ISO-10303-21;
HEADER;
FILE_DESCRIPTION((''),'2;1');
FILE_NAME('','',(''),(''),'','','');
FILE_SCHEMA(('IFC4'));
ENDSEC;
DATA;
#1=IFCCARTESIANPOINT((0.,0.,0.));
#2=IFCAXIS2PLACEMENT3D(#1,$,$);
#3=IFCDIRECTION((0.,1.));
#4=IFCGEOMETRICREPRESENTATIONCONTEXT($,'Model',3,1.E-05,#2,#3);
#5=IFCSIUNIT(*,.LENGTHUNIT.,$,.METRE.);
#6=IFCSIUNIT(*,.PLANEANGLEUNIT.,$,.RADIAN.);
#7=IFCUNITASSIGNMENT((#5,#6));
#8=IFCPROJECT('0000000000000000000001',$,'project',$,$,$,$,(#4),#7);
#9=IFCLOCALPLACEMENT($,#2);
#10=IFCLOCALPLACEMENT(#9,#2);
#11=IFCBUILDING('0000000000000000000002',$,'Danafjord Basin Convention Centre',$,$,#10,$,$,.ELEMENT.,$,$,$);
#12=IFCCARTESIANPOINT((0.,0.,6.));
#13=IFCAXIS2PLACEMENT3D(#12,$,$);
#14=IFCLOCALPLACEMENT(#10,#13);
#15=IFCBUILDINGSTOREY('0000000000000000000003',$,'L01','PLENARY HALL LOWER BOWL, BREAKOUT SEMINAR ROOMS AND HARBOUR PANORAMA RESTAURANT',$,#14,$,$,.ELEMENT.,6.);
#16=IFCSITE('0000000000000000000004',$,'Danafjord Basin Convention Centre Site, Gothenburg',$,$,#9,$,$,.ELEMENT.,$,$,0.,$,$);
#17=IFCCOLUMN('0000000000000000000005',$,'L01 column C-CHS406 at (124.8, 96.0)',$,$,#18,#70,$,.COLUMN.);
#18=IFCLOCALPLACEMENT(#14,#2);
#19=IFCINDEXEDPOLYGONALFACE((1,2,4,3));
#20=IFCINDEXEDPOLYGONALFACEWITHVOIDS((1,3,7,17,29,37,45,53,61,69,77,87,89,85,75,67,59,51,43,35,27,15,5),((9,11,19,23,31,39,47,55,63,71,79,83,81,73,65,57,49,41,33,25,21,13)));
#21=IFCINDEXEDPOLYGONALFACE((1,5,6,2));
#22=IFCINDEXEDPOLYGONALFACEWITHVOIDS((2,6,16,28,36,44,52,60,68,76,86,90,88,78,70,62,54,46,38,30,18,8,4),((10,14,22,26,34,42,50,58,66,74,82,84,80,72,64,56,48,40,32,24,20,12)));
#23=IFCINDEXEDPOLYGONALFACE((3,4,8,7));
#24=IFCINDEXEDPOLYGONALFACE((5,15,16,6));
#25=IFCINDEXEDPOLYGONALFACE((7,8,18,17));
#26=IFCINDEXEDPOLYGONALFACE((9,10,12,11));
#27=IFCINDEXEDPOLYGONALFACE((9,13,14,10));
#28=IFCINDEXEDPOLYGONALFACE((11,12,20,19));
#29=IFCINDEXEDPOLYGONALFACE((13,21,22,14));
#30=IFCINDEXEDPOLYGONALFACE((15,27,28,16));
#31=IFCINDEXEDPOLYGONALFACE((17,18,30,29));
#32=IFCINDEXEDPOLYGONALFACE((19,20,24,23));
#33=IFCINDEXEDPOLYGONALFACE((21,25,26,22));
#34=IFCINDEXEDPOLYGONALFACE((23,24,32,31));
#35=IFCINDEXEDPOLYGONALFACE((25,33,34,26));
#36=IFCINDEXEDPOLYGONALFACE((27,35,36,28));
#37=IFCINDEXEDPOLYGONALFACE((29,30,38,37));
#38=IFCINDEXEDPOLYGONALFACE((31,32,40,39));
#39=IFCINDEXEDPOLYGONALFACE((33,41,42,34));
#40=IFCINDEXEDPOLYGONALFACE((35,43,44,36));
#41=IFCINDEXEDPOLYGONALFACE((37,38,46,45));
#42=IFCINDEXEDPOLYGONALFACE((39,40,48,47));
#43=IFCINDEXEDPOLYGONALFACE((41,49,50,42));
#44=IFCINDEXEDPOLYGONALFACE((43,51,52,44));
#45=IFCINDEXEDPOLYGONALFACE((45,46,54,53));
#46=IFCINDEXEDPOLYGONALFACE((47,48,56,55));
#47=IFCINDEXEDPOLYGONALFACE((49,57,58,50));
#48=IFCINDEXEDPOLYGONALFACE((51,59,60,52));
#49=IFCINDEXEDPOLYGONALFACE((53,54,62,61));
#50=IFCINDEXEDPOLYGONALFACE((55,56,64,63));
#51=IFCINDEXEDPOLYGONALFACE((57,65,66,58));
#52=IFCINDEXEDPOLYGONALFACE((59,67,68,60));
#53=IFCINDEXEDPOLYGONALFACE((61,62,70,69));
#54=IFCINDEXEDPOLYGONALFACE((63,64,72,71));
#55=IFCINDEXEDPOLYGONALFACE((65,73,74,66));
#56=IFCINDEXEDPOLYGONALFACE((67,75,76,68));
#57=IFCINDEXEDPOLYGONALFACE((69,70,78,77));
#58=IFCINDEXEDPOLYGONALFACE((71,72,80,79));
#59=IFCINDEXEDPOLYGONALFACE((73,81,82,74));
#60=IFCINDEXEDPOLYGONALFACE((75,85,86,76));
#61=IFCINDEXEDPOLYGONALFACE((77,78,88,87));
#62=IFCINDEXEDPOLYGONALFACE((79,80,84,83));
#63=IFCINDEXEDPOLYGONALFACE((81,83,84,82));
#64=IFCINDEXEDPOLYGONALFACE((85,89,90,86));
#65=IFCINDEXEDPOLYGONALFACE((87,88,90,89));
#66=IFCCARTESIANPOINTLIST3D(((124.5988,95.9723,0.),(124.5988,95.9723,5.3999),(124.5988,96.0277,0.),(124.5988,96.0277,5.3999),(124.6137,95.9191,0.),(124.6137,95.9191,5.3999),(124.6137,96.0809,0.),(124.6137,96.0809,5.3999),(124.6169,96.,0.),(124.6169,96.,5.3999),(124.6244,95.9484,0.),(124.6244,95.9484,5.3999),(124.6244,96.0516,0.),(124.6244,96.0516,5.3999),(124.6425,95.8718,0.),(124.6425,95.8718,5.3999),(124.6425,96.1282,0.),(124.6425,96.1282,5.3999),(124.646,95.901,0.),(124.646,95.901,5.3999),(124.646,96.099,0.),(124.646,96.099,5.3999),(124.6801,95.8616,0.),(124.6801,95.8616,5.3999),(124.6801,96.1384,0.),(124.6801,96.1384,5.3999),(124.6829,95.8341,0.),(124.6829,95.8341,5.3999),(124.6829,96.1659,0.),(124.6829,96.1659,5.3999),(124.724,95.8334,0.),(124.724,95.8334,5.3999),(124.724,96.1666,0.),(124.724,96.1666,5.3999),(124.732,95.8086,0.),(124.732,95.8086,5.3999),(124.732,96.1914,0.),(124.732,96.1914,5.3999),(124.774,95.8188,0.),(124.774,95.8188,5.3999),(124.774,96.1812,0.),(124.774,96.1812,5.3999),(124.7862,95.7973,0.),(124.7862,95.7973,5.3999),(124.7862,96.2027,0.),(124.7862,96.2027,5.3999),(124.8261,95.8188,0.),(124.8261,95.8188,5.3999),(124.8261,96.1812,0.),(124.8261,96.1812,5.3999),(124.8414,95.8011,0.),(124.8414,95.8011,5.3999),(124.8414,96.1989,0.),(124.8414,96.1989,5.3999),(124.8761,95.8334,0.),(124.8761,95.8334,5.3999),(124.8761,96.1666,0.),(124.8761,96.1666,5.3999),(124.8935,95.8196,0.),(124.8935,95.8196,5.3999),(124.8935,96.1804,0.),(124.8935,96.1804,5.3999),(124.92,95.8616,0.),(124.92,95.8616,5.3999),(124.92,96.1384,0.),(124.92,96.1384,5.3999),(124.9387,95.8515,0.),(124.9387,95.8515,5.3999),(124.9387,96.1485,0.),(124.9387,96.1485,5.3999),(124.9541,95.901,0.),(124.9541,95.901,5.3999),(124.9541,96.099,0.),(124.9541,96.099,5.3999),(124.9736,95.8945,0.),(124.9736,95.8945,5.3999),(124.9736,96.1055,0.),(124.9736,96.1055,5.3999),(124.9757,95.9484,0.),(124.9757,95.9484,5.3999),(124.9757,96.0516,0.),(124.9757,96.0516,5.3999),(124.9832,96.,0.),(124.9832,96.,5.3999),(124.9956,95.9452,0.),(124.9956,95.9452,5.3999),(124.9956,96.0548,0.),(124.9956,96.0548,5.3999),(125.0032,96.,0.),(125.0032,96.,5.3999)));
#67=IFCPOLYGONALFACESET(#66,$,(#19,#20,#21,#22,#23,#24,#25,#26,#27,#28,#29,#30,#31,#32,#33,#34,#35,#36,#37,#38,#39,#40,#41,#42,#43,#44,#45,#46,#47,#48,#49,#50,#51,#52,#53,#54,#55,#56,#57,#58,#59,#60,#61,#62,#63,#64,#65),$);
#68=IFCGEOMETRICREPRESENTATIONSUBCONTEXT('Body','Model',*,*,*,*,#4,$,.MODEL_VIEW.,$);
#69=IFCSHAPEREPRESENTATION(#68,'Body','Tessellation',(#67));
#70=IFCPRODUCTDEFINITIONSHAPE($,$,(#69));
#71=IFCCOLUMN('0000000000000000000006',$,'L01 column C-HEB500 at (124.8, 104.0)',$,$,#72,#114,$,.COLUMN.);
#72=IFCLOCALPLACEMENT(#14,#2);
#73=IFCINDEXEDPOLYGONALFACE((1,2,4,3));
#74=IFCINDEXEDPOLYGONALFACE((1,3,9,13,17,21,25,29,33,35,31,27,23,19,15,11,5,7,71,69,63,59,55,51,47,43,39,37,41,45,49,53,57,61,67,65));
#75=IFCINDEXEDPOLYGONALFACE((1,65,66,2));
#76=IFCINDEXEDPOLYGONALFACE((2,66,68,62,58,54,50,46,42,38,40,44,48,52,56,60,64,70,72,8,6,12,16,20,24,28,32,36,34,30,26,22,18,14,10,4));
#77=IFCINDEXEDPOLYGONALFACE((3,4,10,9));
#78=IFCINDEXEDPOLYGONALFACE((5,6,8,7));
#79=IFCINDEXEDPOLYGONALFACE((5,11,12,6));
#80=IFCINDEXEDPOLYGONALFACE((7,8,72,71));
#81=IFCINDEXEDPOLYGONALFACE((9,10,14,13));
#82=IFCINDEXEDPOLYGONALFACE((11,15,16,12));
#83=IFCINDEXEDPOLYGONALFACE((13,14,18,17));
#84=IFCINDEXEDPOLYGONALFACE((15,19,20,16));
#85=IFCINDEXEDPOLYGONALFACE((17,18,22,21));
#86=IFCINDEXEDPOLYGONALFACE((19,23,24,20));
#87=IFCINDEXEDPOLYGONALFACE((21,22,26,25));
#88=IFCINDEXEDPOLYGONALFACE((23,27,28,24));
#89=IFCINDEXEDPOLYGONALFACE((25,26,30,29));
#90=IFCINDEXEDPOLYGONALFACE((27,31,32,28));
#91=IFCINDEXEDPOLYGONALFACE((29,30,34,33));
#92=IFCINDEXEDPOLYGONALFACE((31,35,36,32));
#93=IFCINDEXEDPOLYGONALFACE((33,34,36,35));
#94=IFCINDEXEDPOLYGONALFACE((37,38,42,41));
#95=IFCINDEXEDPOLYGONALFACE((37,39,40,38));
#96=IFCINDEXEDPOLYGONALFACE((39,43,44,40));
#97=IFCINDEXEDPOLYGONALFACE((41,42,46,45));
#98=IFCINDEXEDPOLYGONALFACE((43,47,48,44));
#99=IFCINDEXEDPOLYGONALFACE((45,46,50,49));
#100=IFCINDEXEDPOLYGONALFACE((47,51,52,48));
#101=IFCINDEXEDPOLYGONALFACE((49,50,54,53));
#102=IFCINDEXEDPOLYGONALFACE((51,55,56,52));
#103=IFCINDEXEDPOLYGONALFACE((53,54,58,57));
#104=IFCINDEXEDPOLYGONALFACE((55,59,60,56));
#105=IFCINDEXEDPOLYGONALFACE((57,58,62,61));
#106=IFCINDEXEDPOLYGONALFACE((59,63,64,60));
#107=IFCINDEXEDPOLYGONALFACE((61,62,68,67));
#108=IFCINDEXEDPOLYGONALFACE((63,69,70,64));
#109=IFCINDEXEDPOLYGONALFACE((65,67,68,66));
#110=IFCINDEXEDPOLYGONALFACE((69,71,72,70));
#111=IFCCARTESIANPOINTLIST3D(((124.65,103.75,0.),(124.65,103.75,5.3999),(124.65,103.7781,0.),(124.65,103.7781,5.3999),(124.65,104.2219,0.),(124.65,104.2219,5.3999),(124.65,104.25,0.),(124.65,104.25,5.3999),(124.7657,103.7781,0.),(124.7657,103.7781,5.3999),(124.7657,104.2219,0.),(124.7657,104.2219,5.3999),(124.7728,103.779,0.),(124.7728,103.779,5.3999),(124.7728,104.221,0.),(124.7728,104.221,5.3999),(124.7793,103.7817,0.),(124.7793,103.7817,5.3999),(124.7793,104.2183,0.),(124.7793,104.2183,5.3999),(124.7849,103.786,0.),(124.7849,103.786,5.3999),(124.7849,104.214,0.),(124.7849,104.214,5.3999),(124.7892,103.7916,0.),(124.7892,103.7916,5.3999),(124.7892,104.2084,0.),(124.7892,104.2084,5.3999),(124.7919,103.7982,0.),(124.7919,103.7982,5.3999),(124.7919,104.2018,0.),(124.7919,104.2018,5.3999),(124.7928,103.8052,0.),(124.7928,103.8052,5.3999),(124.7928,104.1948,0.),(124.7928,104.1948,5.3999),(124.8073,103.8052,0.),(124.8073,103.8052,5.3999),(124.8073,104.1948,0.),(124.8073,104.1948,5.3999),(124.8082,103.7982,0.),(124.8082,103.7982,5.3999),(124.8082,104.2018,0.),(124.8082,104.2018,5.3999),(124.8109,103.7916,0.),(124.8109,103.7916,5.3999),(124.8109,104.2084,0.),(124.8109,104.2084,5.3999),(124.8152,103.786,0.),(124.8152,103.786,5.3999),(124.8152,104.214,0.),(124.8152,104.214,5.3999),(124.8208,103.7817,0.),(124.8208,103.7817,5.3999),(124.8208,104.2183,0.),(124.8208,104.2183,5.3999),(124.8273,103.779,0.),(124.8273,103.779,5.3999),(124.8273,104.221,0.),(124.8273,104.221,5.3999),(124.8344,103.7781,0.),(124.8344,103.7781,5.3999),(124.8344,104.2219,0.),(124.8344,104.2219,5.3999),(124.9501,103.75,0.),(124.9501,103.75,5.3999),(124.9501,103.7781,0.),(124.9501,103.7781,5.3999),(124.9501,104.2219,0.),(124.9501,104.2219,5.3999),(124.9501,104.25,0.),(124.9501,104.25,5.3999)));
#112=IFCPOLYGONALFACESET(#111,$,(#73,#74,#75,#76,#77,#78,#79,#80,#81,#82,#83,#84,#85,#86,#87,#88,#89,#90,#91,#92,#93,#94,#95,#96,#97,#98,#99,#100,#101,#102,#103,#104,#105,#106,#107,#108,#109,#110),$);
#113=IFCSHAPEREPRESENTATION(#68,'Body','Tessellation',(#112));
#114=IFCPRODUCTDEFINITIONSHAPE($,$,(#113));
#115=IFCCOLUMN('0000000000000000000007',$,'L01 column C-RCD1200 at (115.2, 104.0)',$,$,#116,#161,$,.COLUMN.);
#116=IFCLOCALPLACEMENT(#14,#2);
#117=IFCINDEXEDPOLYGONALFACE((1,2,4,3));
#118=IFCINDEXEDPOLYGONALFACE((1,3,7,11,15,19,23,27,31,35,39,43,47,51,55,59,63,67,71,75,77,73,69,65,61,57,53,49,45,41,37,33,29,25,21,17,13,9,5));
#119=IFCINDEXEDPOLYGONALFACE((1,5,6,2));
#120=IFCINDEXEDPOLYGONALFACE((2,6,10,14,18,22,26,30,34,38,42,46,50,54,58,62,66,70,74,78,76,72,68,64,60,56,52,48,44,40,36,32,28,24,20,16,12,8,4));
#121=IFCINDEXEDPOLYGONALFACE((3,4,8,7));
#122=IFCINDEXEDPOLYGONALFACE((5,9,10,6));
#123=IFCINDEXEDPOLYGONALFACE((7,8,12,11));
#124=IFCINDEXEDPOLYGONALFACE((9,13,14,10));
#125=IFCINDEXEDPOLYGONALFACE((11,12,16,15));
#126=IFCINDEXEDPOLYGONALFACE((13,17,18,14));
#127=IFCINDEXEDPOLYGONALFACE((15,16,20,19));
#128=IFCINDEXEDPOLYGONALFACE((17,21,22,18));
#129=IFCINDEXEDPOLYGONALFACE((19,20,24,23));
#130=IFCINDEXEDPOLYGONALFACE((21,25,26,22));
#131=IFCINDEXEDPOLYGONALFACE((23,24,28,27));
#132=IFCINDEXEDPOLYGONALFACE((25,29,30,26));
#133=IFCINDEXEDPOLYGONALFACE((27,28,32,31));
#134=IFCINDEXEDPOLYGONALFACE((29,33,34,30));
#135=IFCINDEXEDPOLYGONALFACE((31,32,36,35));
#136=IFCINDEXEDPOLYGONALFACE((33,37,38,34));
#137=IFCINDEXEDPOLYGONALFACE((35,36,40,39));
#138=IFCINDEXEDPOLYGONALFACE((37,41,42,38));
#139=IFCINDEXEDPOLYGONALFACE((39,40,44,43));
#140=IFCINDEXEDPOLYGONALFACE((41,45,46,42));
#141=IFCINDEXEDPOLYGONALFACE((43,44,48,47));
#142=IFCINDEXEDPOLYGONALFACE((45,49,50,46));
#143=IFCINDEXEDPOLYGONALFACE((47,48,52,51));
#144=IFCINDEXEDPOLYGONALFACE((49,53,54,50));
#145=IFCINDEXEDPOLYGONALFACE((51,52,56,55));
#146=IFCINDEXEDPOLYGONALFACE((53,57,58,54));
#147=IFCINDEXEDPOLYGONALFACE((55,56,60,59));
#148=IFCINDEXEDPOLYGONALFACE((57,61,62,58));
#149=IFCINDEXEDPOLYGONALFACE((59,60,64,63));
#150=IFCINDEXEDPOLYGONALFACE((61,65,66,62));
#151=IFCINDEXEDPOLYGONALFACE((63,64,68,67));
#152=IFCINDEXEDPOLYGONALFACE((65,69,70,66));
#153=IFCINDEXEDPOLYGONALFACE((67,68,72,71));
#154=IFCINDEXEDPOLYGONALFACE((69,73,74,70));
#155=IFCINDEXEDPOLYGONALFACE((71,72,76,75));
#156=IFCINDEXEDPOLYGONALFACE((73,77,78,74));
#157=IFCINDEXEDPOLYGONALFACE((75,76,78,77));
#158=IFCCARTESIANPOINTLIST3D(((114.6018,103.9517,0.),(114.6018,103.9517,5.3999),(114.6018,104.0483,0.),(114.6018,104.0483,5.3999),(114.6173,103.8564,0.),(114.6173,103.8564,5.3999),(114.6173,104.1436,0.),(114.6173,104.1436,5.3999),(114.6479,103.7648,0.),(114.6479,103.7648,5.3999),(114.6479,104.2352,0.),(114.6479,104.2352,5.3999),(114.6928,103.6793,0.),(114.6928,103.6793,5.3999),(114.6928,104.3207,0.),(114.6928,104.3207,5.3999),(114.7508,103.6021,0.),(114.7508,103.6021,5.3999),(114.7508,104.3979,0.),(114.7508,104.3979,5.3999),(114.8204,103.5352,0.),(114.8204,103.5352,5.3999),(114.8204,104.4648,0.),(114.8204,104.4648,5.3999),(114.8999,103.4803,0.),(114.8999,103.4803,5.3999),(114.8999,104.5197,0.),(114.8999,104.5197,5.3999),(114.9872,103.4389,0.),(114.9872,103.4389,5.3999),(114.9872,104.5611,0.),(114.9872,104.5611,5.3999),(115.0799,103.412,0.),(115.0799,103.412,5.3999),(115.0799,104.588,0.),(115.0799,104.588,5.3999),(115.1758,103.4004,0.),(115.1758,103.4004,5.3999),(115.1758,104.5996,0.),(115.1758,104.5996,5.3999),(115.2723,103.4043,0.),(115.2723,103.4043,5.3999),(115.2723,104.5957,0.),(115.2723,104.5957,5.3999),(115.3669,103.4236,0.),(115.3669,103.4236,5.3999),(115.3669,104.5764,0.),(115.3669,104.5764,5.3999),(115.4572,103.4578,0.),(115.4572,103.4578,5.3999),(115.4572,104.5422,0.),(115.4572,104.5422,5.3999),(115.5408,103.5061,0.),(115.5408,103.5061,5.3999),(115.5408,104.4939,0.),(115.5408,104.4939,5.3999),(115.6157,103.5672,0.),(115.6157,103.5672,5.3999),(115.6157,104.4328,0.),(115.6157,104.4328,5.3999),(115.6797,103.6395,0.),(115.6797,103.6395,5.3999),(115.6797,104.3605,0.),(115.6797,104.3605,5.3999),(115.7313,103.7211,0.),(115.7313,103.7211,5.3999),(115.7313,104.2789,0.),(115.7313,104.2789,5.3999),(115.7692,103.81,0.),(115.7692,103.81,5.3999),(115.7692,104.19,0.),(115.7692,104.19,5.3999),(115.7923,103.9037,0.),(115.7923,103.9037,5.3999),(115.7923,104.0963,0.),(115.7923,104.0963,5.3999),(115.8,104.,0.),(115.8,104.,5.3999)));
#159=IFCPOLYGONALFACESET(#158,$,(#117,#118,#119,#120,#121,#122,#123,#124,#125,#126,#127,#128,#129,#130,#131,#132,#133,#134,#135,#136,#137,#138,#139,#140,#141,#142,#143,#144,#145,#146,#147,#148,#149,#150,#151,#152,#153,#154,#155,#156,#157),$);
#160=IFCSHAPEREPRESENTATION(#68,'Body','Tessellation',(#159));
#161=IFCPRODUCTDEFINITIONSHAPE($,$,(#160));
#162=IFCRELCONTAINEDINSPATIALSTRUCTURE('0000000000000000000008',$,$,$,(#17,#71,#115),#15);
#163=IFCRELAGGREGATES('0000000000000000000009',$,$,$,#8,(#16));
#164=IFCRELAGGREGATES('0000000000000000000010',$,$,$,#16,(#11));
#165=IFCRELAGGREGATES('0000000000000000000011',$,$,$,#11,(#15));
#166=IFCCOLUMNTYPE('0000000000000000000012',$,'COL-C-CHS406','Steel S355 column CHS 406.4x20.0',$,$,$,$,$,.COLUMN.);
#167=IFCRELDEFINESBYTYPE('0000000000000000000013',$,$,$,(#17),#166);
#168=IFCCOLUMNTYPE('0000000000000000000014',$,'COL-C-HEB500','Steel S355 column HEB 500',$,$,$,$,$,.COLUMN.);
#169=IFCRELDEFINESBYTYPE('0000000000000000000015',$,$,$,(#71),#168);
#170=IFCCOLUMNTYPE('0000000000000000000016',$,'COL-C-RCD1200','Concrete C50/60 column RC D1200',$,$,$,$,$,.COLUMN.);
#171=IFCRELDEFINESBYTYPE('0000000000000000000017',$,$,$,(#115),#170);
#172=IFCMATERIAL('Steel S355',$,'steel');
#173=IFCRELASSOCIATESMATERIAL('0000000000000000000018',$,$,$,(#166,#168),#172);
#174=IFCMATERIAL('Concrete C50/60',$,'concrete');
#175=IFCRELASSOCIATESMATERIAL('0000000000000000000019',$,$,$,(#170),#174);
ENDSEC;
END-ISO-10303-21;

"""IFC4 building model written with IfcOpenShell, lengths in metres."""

from ifc_helpers import new_model, si_unit, direction, frame, origin, origin_2d, place, context, subcontext, project, spatial, circle, hollow_circle, i_section, extrude, material, material_profile, profile_set, type_object, element, save


model = new_model("IFC4")

# Units and contexts
model_context = context("Model", 3, precision=1e-05, world=origin(), true_north=direction((0.0, 1.0)))
body_context = subcontext(model_context, "Body", "Model", "MODEL_VIEW")
ifc_project = project(units=[si_unit("LENGTHUNIT", "METRE"), si_unit("PLANEANGLEUNIT", "RADIAN")], contexts=[model_context])

# Site, building, storey
site_placement = place(None, origin())
site = spatial("IfcSite", under=ifc_project, at=site_placement, Name="Danafjord Basin Convention Centre Site, Gothenburg", CompositionType="ELEMENT", RefElevation=0.0)
building_placement = place(site_placement, origin())
building = spatial("IfcBuilding", under=site, at=building_placement, Name="Danafjord Basin Convention Centre", CompositionType="ELEMENT")
storey_placement = place(building_placement, frame((0.0, 0.0, 6.0)))
storey = spatial("IfcBuildingStorey", under=building, at=storey_placement, Name="L01", Description="PLENARY HALL LOWER BOWL, BREAKOUT SEMINAR ROOMS AND HARBOUR PANORAMA RESTAURANT", CompositionType="ELEMENT", Elevation=6.0)

# Columns
ifc_material_1 = material(Name="Steel S355", Category="steel")
ifc_material_profile_1 = material_profile(ifc_material_1, hollow_circle(Radius=0.2031, WallThickness=0.02, at=origin_2d()), Name="CHS 406.4x20.0")
ifc_profile_set_1 = profile_set([ifc_material_profile_1], Name="Steel S355")
column_type_1 = type_object("IfcColumnType", Name="COL-C-CHS406", Description="Steel S355 column CHS 406.4x20.0", PredefinedType="COLUMN", material=ifc_profile_set_1)
column_1_placement = place(storey_placement, frame((124.8, 96.0, 0.0), z_axis=(0.0, 0.0, 1.0), x_axis=(1.0, 0.0, 0.0)))
element("IfcColumn", 1, at=column_1_placement, inside=storey, type_object=column_type_1, Name="L01 column C-CHS406 at (124.8, 96.0)", PredefinedType="COLUMN", context=body_context, shape_type="SweptSolid", body=[
    extrude(hollow_circle(Radius=0.2031, WallThickness=0.02, at=origin_2d()), origin(), (0.0, 0.0, 1.0), 5.3999),
])
ifc_material_profile_2 = material_profile(ifc_material_1, i_section(OverallWidth=0.3, OverallDepth=0.5, WebThickness=0.0144, FlangeThickness=0.0281, FilletRadius=0.0271, at=origin_2d()), Name="HEB 500")
ifc_profile_set_2 = profile_set([ifc_material_profile_2], Name="Steel S355")
column_type_2 = type_object("IfcColumnType", Name="COL-C-HEB500", Description="Steel S355 column HEB 500", PredefinedType="COLUMN", material=ifc_profile_set_2)
column_2_placement = place(storey_placement, frame((124.8, 104.0, 0.0), z_axis=(0.0, 0.0, 1.0), x_axis=(1.0, 0.0, 0.0)))
element("IfcColumn", 2, at=column_2_placement, inside=storey, type_object=column_type_2, Name="L01 column C-HEB500 at (124.8, 104.0)", PredefinedType="COLUMN", context=body_context, shape_type="SweptSolid", body=[
    extrude(i_section(OverallWidth=0.3, OverallDepth=0.5, WebThickness=0.0144, FlangeThickness=0.0281, FilletRadius=0.0271, at=origin_2d()), origin(), (0.0, 0.0, 1.0), 5.3999),
])
ifc_material_2 = material(Name="Concrete C50/60", Category="concrete")
ifc_material_profile_3 = material_profile(ifc_material_2, circle(Radius=0.6001, at=origin_2d()), Name="RC D1200")
ifc_profile_set_3 = profile_set([ifc_material_profile_3], Name="Concrete C50/60")
column_type_3 = type_object("IfcColumnType", Name="COL-C-RCD1200", Description="Concrete C50/60 column RC D1200", PredefinedType="COLUMN", material=ifc_profile_set_3)
column_3_placement = place(storey_placement, frame((115.2, 104.0, 0.0), z_axis=(0.0, 0.0, 1.0), x_axis=(1.0, 0.0, 0.0)))
element("IfcColumn", 3, at=column_3_placement, inside=storey, type_object=column_type_3, Name="L01 column C-RCD1200 at (115.2, 104.0)", PredefinedType="COLUMN", context=body_context, shape_type="SweptSolid", body=[
    extrude(circle(Radius=0.6001, at=origin_2d()), origin(), (0.0, 0.0, 1.0), 5.3999),
])

save(model, "model.ifc")
